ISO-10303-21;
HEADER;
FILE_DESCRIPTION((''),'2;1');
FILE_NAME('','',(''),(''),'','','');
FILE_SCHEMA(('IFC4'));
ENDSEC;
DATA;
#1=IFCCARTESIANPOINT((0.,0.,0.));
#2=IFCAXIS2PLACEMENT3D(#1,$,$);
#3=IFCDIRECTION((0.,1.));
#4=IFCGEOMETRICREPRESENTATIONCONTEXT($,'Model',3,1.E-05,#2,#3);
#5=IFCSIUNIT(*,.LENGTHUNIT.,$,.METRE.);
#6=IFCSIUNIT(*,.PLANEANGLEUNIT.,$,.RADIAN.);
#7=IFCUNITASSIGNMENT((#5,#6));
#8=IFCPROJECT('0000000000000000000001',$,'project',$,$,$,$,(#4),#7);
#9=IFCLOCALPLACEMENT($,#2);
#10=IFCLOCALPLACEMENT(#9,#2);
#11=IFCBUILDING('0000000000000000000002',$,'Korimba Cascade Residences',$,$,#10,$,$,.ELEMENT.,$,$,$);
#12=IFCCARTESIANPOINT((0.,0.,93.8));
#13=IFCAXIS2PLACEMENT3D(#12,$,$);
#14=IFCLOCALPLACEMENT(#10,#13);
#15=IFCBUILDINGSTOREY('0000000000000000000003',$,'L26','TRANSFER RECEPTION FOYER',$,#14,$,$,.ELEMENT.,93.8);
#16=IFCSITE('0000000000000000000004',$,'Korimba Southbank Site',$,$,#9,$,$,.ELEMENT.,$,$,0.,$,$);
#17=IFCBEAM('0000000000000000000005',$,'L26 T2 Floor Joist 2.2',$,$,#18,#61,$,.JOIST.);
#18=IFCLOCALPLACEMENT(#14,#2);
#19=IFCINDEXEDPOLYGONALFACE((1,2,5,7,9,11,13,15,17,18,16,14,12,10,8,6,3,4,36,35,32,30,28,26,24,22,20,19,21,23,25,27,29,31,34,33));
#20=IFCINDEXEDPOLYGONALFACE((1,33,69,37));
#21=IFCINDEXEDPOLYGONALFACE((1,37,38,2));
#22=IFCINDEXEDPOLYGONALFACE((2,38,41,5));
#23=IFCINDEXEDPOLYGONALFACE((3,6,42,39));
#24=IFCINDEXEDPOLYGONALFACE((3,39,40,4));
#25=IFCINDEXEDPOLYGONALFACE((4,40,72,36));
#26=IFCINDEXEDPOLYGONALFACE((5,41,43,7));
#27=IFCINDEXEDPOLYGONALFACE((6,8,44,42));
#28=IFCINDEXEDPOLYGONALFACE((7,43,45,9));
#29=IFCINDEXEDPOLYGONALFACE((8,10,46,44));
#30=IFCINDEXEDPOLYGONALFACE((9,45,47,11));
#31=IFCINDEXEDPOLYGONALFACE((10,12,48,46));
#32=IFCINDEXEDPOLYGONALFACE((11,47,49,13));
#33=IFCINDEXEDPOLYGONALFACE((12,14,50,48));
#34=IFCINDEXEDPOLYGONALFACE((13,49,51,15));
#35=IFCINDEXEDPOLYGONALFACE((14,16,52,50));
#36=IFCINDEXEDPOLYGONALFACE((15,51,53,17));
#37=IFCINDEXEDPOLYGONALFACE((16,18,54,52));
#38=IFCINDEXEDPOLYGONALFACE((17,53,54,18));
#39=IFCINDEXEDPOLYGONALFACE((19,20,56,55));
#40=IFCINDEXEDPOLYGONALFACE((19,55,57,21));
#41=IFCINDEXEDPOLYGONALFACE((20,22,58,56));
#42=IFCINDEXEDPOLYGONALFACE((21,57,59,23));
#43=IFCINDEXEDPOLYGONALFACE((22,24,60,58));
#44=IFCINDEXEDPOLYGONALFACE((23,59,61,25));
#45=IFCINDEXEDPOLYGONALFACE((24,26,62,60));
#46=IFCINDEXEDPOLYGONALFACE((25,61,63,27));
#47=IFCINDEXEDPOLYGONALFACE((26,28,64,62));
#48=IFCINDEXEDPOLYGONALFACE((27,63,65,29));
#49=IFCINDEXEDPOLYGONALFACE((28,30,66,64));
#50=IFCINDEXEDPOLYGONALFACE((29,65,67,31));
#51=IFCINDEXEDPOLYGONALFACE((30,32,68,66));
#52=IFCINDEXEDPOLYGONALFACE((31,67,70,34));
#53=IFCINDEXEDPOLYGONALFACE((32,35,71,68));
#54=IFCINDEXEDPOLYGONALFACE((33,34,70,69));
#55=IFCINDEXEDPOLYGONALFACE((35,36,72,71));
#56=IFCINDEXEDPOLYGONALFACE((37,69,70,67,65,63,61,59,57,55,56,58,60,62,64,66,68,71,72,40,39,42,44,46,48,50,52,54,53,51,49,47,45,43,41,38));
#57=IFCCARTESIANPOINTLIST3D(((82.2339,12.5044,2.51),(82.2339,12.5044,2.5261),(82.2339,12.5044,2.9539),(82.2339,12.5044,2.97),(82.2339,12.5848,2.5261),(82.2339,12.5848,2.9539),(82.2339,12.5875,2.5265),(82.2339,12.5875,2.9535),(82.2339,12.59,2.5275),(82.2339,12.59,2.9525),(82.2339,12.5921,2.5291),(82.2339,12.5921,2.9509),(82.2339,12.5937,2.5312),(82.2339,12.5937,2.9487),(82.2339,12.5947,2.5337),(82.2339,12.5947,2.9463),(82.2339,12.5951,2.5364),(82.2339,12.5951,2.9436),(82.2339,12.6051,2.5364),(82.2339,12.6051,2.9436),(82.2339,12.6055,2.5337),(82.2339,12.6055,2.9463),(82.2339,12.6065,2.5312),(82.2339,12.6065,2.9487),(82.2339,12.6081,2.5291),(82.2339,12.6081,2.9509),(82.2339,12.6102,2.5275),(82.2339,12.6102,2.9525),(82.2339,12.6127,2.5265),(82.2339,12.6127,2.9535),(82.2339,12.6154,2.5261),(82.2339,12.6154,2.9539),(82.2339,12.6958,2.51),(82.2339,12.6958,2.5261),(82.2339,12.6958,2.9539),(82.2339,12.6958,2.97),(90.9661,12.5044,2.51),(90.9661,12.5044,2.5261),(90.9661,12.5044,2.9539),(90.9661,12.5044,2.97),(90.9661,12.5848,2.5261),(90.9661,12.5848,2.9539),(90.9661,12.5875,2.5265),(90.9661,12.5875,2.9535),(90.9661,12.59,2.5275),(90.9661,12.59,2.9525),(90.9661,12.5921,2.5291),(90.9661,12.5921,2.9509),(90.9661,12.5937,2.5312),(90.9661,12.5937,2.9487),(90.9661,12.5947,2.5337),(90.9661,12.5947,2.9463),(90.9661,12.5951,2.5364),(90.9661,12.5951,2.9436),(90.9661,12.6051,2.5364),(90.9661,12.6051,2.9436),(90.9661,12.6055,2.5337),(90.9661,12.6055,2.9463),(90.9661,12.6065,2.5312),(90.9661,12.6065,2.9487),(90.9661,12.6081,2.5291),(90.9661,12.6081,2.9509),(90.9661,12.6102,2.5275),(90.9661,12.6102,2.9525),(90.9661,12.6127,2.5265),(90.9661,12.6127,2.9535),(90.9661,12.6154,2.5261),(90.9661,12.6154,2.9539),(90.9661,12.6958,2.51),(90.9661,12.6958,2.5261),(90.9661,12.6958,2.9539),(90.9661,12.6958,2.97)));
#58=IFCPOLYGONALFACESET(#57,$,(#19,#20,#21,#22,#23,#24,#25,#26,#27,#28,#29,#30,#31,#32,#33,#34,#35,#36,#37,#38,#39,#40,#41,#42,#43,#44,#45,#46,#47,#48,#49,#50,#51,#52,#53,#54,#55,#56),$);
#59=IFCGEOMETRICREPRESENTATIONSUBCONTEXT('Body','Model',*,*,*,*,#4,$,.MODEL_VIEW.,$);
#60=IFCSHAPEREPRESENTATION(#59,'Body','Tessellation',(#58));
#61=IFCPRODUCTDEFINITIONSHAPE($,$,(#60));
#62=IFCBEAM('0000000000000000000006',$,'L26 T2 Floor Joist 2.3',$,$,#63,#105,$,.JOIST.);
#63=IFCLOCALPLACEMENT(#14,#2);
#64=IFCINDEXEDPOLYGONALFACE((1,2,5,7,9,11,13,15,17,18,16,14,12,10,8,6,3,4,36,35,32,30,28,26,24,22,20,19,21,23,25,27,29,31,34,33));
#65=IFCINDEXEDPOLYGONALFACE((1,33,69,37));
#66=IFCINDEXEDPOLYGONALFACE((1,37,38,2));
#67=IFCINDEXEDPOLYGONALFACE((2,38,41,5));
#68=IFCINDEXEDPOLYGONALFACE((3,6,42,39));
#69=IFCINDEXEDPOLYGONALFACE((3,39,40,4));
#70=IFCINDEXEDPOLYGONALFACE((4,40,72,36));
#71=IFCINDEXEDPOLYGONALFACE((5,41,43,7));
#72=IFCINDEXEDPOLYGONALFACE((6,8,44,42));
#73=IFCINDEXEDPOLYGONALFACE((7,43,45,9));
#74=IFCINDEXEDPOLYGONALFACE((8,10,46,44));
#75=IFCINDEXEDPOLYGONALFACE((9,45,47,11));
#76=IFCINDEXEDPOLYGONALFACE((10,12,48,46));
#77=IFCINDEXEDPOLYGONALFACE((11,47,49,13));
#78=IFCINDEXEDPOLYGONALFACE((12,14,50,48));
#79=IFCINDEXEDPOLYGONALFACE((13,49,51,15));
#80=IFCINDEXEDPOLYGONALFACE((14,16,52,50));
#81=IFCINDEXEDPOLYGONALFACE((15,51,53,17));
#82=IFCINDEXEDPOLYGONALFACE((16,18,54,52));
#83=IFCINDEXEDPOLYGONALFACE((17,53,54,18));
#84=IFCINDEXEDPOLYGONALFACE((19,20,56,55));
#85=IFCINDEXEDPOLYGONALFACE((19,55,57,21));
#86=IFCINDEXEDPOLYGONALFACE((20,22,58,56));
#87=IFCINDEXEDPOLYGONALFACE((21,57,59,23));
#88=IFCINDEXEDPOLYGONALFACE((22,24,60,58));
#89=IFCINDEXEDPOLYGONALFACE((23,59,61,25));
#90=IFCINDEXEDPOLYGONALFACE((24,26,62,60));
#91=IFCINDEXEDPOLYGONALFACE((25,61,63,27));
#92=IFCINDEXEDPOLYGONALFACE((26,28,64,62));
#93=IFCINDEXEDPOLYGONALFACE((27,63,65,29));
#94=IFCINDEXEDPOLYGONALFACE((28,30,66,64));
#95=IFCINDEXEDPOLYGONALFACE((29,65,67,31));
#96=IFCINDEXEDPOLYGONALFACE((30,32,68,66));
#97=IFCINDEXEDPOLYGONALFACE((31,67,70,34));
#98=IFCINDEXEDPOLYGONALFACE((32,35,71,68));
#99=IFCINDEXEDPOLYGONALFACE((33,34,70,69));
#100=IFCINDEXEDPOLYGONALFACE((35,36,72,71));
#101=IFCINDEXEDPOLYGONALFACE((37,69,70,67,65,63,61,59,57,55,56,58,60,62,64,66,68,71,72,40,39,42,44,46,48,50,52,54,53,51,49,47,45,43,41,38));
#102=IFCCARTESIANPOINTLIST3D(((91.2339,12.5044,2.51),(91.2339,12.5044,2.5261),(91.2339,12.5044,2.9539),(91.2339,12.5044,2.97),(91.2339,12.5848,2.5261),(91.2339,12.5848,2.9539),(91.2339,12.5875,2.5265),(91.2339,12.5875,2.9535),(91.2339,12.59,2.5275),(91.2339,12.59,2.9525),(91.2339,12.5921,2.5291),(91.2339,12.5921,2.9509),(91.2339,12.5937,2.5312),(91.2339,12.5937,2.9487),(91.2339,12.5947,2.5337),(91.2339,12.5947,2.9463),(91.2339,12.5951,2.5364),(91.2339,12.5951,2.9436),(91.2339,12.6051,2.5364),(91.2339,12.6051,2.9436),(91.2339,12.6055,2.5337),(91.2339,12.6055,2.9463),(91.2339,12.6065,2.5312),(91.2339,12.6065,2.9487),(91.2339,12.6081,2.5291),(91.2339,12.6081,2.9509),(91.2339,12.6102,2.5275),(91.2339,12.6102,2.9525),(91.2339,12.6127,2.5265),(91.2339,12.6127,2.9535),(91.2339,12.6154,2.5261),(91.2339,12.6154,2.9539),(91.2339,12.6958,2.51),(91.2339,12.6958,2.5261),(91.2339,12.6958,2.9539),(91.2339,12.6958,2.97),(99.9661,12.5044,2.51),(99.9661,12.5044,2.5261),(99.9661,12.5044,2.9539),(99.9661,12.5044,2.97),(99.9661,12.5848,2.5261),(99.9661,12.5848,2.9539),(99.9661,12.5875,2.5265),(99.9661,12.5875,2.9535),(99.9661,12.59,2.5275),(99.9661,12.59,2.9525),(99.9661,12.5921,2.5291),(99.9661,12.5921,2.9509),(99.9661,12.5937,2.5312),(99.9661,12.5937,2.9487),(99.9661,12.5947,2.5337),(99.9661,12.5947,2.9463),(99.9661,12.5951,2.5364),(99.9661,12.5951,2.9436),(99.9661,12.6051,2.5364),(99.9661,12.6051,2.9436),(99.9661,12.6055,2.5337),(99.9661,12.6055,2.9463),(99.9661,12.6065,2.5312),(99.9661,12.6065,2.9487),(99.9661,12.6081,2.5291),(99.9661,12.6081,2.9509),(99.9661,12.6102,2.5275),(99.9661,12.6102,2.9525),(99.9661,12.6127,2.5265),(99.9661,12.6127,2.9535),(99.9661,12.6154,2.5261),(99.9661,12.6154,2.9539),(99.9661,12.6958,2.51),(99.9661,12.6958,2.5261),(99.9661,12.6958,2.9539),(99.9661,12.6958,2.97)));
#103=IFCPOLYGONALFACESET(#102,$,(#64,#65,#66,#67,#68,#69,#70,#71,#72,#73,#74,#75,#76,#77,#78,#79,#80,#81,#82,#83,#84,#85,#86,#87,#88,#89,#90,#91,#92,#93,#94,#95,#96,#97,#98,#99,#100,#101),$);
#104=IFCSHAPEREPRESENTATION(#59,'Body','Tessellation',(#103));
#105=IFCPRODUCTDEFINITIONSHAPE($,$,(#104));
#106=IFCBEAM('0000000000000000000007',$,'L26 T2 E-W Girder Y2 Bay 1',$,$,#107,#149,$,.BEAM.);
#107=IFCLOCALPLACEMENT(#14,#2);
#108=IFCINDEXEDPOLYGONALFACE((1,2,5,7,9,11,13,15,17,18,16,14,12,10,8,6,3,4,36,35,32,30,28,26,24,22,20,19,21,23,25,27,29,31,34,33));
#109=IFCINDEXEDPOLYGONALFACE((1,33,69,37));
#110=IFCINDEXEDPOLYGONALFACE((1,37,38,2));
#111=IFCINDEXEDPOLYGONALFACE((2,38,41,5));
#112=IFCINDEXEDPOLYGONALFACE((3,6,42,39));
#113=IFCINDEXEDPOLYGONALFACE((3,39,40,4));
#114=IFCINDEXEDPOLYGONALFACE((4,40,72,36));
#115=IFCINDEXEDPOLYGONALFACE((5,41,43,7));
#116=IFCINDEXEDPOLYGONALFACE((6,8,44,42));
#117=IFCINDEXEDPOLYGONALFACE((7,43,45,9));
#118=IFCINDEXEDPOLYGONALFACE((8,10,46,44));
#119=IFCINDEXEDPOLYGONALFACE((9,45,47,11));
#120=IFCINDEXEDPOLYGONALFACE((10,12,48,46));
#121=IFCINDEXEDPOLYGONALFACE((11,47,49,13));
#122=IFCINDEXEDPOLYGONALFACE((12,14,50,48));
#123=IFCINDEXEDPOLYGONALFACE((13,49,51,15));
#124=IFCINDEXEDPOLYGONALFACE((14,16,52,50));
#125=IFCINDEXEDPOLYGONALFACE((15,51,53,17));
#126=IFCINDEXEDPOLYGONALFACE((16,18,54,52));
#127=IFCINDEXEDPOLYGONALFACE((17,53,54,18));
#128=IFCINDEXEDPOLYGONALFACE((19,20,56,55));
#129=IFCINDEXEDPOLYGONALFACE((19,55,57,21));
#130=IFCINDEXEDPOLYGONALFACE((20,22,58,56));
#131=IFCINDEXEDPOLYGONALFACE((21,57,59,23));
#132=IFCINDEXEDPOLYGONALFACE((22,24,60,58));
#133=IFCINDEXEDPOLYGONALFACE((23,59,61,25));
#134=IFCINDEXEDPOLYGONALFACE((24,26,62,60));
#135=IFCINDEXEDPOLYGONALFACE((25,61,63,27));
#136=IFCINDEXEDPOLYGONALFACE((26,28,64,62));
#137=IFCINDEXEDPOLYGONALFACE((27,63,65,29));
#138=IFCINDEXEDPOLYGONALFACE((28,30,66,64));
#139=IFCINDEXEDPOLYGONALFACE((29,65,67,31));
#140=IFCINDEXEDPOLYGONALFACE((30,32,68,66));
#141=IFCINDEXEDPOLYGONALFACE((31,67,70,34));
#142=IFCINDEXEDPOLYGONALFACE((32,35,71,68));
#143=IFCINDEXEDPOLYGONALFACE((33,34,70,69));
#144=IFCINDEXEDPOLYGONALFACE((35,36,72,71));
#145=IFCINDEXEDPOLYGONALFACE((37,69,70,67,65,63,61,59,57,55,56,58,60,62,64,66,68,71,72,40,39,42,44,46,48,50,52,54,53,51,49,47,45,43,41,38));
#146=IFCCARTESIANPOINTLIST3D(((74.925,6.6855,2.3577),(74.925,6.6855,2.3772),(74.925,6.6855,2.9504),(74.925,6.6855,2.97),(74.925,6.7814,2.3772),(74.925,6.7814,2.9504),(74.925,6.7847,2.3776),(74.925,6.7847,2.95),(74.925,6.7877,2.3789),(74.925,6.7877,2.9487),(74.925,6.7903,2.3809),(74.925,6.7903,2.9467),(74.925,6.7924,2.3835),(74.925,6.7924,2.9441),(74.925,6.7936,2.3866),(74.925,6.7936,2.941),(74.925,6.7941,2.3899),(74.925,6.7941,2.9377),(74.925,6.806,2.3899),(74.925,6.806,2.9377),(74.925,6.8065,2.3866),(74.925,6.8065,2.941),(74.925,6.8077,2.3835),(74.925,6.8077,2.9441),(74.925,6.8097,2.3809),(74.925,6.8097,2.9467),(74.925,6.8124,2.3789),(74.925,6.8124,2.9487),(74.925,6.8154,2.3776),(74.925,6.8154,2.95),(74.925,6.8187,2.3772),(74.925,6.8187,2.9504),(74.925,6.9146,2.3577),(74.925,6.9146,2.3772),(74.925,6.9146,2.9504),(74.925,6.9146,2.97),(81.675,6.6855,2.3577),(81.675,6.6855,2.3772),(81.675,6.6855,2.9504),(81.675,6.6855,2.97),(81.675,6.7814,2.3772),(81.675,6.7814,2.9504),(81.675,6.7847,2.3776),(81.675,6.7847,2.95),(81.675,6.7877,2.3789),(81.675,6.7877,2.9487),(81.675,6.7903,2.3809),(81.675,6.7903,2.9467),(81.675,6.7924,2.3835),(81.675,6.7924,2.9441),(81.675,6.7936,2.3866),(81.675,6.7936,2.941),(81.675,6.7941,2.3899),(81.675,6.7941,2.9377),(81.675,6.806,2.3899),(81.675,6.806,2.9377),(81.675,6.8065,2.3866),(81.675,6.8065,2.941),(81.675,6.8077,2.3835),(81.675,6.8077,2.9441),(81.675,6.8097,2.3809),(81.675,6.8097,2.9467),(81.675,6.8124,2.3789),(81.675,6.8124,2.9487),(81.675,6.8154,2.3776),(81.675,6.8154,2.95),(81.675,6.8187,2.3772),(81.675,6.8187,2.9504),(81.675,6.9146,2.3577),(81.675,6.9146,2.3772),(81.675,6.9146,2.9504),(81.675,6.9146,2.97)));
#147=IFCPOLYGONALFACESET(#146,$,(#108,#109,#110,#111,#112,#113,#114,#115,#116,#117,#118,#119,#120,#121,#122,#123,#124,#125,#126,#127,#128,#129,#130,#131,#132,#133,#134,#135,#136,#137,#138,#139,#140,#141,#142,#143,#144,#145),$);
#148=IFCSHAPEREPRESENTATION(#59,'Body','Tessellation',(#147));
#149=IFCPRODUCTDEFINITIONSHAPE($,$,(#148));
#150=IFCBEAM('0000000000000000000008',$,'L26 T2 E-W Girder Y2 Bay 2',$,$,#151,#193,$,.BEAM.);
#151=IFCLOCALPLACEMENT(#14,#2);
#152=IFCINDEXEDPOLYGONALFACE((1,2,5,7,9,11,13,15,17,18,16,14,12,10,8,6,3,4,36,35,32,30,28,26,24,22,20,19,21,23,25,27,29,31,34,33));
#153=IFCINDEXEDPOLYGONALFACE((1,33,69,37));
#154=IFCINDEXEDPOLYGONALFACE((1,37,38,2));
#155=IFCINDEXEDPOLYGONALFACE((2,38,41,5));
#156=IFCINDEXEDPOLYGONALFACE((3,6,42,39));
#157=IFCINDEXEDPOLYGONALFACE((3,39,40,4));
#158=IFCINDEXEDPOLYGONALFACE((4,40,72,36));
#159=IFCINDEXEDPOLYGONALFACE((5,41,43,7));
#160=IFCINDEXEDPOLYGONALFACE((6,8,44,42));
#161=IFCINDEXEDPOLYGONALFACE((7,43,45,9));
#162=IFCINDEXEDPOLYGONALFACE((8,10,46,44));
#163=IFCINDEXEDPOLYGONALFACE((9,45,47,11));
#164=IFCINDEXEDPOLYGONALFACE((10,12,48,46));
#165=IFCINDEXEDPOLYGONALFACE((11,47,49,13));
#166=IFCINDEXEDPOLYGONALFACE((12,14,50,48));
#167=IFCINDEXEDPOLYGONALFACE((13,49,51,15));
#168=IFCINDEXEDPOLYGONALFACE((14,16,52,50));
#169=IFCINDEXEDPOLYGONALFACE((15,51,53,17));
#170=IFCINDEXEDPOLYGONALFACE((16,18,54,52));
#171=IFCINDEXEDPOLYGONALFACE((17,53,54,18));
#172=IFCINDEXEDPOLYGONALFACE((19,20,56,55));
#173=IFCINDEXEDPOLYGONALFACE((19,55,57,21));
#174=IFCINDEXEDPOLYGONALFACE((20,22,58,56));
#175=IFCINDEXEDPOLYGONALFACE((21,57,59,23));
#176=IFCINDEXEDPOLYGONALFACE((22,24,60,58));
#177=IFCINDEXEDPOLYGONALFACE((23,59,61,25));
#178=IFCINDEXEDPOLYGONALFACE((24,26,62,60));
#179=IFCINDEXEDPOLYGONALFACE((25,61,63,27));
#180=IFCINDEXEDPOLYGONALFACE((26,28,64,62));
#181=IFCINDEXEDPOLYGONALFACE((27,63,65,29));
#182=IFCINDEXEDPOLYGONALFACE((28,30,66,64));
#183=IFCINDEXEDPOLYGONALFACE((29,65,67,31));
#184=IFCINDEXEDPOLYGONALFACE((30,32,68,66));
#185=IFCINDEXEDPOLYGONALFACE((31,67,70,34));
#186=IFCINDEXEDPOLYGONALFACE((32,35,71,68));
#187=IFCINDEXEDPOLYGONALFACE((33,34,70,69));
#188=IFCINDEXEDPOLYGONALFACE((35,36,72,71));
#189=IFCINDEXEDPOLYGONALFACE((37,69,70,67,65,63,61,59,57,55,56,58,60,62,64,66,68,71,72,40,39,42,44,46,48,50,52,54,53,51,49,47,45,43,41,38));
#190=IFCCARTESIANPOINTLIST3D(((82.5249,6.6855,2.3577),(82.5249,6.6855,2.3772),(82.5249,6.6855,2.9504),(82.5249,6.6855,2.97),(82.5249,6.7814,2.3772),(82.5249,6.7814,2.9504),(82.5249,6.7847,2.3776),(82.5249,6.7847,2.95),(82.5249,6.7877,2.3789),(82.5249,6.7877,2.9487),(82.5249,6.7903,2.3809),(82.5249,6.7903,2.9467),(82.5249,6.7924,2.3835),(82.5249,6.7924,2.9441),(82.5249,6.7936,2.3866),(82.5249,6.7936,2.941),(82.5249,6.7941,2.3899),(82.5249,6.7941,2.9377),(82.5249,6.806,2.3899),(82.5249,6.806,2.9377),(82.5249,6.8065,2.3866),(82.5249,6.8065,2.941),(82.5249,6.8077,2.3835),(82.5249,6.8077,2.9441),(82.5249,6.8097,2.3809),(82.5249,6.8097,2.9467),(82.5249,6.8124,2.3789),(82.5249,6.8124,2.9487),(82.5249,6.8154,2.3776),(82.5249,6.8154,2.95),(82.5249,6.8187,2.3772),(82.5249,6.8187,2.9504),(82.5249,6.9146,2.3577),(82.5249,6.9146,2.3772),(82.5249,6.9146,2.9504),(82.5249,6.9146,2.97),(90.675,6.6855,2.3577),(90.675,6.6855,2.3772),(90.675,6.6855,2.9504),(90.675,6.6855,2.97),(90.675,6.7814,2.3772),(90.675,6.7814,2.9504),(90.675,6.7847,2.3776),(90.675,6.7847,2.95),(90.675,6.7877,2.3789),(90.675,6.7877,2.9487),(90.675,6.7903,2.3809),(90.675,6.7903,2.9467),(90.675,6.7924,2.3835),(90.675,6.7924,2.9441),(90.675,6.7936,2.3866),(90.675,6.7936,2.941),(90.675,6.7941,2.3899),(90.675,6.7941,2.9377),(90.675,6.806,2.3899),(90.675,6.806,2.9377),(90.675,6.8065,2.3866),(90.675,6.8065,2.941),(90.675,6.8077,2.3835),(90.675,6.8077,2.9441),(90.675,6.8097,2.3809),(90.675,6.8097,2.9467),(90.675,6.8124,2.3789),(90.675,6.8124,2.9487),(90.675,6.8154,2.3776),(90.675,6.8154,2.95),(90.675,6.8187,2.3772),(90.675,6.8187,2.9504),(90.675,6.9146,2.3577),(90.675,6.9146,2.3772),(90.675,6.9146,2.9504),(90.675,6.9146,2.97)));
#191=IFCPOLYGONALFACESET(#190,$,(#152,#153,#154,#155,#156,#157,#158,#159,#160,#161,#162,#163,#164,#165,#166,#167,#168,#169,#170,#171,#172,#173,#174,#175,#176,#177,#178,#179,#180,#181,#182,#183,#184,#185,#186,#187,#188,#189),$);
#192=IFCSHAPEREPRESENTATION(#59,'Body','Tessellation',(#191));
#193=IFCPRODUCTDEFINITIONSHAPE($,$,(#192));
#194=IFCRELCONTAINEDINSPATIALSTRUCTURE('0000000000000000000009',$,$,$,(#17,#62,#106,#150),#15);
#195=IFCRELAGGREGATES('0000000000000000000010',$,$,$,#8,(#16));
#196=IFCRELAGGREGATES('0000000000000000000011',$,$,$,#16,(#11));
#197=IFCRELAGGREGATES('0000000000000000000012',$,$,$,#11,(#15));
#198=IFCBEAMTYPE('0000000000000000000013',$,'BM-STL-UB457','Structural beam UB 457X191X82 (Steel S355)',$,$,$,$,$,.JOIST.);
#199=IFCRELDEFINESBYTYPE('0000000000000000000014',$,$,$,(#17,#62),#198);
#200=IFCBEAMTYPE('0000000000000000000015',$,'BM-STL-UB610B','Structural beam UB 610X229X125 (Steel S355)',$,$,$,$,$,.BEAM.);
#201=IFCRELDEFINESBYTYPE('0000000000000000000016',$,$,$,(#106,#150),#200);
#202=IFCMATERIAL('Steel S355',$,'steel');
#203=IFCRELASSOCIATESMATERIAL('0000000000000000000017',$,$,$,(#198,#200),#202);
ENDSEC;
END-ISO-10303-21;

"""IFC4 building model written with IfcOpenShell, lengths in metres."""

from ifc_helpers import new_model, si_unit, direction, frame, origin, origin_2d, place, context, subcontext, project, spatial, i_section, extrude, material, material_profile, profile_set, type_object, element, save


model = new_model("IFC4")

# Units and contexts
model_context = context("Model", 3, precision=1e-05, world=origin(), true_north=direction((0.0, 1.0)))
body_context = subcontext(model_context, "Body", "Model", "MODEL_VIEW")
ifc_project = project(units=[si_unit("LENGTHUNIT", "METRE"), si_unit("PLANEANGLEUNIT", "RADIAN")], contexts=[model_context])

# Site, building, storey
site_placement = place(None, origin())
site = spatial("IfcSite", under=ifc_project, at=site_placement, Name="Korimba Southbank Site", CompositionType="ELEMENT", RefElevation=0.0)
building_placement = place(site_placement, origin())
building = spatial("IfcBuilding", under=site, at=building_placement, Name="Korimba Cascade Residences", CompositionType="ELEMENT")
storey_placement = place(building_placement, frame((0.0, 0.0, 93.8)))
storey = spatial("IfcBuildingStorey", under=building, at=storey_placement, Name="L26", Description="TRANSFER RECEPTION FOYER", CompositionType="ELEMENT", Elevation=93.8)

# Beams
ifc_material_1 = material(Name="Steel S355", Category="steel")
ifc_material_profile_1 = material_profile(ifc_material_1, i_section(OverallWidth=0.1914, OverallDepth=0.46, WebThickness=0.01, FlangeThickness=0.0161, FilletRadius=0.0103, at=origin_2d()), Name="Steel S355")
ifc_profile_set_1 = profile_set([ifc_material_profile_1], Name="Steel S355")
beam_type_1 = type_object("IfcBeamType", Name="BM-STL-UB457", Description="Structural beam UB 457X191X82 (Steel S355)", PredefinedType="JOIST", material=ifc_profile_set_1)
for number, where, z_axis, x_axis, name in (
    (1, (82.2339, 12.6001, 2.74), (1.0, 0.0, 0.0), (0.0, 1.0, 0.0), "L26 T2 Floor Joist 2.2"),
    (2, (91.2339, 12.6001, 2.74), (1.0, 0.0, 0.0), (0.0, 1.0, 0.0), "L26 T2 Floor Joist 2.3"),
):
    element("IfcBeam", number, at=place(storey_placement, frame(where, z_axis=z_axis, x_axis=x_axis)), inside=storey, type_object=beam_type_1, Name=name, PredefinedType="JOIST", context=body_context, shape_type="SweptSolid", body=[
        extrude(i_section(OverallWidth=0.1914, OverallDepth=0.46, WebThickness=0.01, FlangeThickness=0.0161, FilletRadius=0.0103, at=origin_2d()), origin(), (0.0, 0.0, 1.0), 8.7322),
    ])
ifc_material_profile_2 = material_profile(ifc_material_1, i_section(OverallWidth=0.229, OverallDepth=0.6123, WebThickness=0.012, FlangeThickness=0.0195, FilletRadius=0.0127, at=origin_2d()), Name="Steel S355")
ifc_profile_set_2 = profile_set([ifc_material_profile_2], Name="Steel S355")
beam_type_2 = type_object("IfcBeamType", Name="BM-STL-UB610B", Description="Structural beam UB 610X229X125 (Steel S355)", PredefinedType="BEAM", material=ifc_profile_set_2)
beam_1_placement = place(storey_placement, frame((74.925, 6.8, 2.6638), z_axis=(1.0, 0.0, 0.0), x_axis=(0.0, 1.0, 0.0)))
element("IfcBeam", 3, at=beam_1_placement, inside=storey, type_object=beam_type_2, Name="L26 T2 E-W Girder Y2 Bay 1", PredefinedType="BEAM", context=body_context, shape_type="SweptSolid", body=[
    extrude(i_section(OverallWidth=0.229, OverallDepth=0.6123, WebThickness=0.012, FlangeThickness=0.0195, FilletRadius=0.0127, at=origin_2d()), origin(), (0.0, 0.0, 1.0), 6.75),
])
for number, where, z_axis, x_axis, name in (
    (4, (82.5249, 6.8, 2.6638), (1.0, 0.0, 0.0), (0.0, 1.0, 0.0), "L26 T2 E-W Girder Y2 Bay 2"),
):
    element("IfcBeam", number, at=place(storey_placement, frame(where, z_axis=z_axis, x_axis=x_axis)), inside=storey, type_object=beam_type_2, Name=name, PredefinedType="BEAM", context=body_context, shape_type="SweptSolid", body=[
        extrude(i_section(OverallWidth=0.229, OverallDepth=0.6123, WebThickness=0.012, FlangeThickness=0.0195, FilletRadius=0.0127, at=origin_2d()), origin(), (0.0, 0.0, 1.0), 8.1501),
    ])

save(model, "model.ifc")
